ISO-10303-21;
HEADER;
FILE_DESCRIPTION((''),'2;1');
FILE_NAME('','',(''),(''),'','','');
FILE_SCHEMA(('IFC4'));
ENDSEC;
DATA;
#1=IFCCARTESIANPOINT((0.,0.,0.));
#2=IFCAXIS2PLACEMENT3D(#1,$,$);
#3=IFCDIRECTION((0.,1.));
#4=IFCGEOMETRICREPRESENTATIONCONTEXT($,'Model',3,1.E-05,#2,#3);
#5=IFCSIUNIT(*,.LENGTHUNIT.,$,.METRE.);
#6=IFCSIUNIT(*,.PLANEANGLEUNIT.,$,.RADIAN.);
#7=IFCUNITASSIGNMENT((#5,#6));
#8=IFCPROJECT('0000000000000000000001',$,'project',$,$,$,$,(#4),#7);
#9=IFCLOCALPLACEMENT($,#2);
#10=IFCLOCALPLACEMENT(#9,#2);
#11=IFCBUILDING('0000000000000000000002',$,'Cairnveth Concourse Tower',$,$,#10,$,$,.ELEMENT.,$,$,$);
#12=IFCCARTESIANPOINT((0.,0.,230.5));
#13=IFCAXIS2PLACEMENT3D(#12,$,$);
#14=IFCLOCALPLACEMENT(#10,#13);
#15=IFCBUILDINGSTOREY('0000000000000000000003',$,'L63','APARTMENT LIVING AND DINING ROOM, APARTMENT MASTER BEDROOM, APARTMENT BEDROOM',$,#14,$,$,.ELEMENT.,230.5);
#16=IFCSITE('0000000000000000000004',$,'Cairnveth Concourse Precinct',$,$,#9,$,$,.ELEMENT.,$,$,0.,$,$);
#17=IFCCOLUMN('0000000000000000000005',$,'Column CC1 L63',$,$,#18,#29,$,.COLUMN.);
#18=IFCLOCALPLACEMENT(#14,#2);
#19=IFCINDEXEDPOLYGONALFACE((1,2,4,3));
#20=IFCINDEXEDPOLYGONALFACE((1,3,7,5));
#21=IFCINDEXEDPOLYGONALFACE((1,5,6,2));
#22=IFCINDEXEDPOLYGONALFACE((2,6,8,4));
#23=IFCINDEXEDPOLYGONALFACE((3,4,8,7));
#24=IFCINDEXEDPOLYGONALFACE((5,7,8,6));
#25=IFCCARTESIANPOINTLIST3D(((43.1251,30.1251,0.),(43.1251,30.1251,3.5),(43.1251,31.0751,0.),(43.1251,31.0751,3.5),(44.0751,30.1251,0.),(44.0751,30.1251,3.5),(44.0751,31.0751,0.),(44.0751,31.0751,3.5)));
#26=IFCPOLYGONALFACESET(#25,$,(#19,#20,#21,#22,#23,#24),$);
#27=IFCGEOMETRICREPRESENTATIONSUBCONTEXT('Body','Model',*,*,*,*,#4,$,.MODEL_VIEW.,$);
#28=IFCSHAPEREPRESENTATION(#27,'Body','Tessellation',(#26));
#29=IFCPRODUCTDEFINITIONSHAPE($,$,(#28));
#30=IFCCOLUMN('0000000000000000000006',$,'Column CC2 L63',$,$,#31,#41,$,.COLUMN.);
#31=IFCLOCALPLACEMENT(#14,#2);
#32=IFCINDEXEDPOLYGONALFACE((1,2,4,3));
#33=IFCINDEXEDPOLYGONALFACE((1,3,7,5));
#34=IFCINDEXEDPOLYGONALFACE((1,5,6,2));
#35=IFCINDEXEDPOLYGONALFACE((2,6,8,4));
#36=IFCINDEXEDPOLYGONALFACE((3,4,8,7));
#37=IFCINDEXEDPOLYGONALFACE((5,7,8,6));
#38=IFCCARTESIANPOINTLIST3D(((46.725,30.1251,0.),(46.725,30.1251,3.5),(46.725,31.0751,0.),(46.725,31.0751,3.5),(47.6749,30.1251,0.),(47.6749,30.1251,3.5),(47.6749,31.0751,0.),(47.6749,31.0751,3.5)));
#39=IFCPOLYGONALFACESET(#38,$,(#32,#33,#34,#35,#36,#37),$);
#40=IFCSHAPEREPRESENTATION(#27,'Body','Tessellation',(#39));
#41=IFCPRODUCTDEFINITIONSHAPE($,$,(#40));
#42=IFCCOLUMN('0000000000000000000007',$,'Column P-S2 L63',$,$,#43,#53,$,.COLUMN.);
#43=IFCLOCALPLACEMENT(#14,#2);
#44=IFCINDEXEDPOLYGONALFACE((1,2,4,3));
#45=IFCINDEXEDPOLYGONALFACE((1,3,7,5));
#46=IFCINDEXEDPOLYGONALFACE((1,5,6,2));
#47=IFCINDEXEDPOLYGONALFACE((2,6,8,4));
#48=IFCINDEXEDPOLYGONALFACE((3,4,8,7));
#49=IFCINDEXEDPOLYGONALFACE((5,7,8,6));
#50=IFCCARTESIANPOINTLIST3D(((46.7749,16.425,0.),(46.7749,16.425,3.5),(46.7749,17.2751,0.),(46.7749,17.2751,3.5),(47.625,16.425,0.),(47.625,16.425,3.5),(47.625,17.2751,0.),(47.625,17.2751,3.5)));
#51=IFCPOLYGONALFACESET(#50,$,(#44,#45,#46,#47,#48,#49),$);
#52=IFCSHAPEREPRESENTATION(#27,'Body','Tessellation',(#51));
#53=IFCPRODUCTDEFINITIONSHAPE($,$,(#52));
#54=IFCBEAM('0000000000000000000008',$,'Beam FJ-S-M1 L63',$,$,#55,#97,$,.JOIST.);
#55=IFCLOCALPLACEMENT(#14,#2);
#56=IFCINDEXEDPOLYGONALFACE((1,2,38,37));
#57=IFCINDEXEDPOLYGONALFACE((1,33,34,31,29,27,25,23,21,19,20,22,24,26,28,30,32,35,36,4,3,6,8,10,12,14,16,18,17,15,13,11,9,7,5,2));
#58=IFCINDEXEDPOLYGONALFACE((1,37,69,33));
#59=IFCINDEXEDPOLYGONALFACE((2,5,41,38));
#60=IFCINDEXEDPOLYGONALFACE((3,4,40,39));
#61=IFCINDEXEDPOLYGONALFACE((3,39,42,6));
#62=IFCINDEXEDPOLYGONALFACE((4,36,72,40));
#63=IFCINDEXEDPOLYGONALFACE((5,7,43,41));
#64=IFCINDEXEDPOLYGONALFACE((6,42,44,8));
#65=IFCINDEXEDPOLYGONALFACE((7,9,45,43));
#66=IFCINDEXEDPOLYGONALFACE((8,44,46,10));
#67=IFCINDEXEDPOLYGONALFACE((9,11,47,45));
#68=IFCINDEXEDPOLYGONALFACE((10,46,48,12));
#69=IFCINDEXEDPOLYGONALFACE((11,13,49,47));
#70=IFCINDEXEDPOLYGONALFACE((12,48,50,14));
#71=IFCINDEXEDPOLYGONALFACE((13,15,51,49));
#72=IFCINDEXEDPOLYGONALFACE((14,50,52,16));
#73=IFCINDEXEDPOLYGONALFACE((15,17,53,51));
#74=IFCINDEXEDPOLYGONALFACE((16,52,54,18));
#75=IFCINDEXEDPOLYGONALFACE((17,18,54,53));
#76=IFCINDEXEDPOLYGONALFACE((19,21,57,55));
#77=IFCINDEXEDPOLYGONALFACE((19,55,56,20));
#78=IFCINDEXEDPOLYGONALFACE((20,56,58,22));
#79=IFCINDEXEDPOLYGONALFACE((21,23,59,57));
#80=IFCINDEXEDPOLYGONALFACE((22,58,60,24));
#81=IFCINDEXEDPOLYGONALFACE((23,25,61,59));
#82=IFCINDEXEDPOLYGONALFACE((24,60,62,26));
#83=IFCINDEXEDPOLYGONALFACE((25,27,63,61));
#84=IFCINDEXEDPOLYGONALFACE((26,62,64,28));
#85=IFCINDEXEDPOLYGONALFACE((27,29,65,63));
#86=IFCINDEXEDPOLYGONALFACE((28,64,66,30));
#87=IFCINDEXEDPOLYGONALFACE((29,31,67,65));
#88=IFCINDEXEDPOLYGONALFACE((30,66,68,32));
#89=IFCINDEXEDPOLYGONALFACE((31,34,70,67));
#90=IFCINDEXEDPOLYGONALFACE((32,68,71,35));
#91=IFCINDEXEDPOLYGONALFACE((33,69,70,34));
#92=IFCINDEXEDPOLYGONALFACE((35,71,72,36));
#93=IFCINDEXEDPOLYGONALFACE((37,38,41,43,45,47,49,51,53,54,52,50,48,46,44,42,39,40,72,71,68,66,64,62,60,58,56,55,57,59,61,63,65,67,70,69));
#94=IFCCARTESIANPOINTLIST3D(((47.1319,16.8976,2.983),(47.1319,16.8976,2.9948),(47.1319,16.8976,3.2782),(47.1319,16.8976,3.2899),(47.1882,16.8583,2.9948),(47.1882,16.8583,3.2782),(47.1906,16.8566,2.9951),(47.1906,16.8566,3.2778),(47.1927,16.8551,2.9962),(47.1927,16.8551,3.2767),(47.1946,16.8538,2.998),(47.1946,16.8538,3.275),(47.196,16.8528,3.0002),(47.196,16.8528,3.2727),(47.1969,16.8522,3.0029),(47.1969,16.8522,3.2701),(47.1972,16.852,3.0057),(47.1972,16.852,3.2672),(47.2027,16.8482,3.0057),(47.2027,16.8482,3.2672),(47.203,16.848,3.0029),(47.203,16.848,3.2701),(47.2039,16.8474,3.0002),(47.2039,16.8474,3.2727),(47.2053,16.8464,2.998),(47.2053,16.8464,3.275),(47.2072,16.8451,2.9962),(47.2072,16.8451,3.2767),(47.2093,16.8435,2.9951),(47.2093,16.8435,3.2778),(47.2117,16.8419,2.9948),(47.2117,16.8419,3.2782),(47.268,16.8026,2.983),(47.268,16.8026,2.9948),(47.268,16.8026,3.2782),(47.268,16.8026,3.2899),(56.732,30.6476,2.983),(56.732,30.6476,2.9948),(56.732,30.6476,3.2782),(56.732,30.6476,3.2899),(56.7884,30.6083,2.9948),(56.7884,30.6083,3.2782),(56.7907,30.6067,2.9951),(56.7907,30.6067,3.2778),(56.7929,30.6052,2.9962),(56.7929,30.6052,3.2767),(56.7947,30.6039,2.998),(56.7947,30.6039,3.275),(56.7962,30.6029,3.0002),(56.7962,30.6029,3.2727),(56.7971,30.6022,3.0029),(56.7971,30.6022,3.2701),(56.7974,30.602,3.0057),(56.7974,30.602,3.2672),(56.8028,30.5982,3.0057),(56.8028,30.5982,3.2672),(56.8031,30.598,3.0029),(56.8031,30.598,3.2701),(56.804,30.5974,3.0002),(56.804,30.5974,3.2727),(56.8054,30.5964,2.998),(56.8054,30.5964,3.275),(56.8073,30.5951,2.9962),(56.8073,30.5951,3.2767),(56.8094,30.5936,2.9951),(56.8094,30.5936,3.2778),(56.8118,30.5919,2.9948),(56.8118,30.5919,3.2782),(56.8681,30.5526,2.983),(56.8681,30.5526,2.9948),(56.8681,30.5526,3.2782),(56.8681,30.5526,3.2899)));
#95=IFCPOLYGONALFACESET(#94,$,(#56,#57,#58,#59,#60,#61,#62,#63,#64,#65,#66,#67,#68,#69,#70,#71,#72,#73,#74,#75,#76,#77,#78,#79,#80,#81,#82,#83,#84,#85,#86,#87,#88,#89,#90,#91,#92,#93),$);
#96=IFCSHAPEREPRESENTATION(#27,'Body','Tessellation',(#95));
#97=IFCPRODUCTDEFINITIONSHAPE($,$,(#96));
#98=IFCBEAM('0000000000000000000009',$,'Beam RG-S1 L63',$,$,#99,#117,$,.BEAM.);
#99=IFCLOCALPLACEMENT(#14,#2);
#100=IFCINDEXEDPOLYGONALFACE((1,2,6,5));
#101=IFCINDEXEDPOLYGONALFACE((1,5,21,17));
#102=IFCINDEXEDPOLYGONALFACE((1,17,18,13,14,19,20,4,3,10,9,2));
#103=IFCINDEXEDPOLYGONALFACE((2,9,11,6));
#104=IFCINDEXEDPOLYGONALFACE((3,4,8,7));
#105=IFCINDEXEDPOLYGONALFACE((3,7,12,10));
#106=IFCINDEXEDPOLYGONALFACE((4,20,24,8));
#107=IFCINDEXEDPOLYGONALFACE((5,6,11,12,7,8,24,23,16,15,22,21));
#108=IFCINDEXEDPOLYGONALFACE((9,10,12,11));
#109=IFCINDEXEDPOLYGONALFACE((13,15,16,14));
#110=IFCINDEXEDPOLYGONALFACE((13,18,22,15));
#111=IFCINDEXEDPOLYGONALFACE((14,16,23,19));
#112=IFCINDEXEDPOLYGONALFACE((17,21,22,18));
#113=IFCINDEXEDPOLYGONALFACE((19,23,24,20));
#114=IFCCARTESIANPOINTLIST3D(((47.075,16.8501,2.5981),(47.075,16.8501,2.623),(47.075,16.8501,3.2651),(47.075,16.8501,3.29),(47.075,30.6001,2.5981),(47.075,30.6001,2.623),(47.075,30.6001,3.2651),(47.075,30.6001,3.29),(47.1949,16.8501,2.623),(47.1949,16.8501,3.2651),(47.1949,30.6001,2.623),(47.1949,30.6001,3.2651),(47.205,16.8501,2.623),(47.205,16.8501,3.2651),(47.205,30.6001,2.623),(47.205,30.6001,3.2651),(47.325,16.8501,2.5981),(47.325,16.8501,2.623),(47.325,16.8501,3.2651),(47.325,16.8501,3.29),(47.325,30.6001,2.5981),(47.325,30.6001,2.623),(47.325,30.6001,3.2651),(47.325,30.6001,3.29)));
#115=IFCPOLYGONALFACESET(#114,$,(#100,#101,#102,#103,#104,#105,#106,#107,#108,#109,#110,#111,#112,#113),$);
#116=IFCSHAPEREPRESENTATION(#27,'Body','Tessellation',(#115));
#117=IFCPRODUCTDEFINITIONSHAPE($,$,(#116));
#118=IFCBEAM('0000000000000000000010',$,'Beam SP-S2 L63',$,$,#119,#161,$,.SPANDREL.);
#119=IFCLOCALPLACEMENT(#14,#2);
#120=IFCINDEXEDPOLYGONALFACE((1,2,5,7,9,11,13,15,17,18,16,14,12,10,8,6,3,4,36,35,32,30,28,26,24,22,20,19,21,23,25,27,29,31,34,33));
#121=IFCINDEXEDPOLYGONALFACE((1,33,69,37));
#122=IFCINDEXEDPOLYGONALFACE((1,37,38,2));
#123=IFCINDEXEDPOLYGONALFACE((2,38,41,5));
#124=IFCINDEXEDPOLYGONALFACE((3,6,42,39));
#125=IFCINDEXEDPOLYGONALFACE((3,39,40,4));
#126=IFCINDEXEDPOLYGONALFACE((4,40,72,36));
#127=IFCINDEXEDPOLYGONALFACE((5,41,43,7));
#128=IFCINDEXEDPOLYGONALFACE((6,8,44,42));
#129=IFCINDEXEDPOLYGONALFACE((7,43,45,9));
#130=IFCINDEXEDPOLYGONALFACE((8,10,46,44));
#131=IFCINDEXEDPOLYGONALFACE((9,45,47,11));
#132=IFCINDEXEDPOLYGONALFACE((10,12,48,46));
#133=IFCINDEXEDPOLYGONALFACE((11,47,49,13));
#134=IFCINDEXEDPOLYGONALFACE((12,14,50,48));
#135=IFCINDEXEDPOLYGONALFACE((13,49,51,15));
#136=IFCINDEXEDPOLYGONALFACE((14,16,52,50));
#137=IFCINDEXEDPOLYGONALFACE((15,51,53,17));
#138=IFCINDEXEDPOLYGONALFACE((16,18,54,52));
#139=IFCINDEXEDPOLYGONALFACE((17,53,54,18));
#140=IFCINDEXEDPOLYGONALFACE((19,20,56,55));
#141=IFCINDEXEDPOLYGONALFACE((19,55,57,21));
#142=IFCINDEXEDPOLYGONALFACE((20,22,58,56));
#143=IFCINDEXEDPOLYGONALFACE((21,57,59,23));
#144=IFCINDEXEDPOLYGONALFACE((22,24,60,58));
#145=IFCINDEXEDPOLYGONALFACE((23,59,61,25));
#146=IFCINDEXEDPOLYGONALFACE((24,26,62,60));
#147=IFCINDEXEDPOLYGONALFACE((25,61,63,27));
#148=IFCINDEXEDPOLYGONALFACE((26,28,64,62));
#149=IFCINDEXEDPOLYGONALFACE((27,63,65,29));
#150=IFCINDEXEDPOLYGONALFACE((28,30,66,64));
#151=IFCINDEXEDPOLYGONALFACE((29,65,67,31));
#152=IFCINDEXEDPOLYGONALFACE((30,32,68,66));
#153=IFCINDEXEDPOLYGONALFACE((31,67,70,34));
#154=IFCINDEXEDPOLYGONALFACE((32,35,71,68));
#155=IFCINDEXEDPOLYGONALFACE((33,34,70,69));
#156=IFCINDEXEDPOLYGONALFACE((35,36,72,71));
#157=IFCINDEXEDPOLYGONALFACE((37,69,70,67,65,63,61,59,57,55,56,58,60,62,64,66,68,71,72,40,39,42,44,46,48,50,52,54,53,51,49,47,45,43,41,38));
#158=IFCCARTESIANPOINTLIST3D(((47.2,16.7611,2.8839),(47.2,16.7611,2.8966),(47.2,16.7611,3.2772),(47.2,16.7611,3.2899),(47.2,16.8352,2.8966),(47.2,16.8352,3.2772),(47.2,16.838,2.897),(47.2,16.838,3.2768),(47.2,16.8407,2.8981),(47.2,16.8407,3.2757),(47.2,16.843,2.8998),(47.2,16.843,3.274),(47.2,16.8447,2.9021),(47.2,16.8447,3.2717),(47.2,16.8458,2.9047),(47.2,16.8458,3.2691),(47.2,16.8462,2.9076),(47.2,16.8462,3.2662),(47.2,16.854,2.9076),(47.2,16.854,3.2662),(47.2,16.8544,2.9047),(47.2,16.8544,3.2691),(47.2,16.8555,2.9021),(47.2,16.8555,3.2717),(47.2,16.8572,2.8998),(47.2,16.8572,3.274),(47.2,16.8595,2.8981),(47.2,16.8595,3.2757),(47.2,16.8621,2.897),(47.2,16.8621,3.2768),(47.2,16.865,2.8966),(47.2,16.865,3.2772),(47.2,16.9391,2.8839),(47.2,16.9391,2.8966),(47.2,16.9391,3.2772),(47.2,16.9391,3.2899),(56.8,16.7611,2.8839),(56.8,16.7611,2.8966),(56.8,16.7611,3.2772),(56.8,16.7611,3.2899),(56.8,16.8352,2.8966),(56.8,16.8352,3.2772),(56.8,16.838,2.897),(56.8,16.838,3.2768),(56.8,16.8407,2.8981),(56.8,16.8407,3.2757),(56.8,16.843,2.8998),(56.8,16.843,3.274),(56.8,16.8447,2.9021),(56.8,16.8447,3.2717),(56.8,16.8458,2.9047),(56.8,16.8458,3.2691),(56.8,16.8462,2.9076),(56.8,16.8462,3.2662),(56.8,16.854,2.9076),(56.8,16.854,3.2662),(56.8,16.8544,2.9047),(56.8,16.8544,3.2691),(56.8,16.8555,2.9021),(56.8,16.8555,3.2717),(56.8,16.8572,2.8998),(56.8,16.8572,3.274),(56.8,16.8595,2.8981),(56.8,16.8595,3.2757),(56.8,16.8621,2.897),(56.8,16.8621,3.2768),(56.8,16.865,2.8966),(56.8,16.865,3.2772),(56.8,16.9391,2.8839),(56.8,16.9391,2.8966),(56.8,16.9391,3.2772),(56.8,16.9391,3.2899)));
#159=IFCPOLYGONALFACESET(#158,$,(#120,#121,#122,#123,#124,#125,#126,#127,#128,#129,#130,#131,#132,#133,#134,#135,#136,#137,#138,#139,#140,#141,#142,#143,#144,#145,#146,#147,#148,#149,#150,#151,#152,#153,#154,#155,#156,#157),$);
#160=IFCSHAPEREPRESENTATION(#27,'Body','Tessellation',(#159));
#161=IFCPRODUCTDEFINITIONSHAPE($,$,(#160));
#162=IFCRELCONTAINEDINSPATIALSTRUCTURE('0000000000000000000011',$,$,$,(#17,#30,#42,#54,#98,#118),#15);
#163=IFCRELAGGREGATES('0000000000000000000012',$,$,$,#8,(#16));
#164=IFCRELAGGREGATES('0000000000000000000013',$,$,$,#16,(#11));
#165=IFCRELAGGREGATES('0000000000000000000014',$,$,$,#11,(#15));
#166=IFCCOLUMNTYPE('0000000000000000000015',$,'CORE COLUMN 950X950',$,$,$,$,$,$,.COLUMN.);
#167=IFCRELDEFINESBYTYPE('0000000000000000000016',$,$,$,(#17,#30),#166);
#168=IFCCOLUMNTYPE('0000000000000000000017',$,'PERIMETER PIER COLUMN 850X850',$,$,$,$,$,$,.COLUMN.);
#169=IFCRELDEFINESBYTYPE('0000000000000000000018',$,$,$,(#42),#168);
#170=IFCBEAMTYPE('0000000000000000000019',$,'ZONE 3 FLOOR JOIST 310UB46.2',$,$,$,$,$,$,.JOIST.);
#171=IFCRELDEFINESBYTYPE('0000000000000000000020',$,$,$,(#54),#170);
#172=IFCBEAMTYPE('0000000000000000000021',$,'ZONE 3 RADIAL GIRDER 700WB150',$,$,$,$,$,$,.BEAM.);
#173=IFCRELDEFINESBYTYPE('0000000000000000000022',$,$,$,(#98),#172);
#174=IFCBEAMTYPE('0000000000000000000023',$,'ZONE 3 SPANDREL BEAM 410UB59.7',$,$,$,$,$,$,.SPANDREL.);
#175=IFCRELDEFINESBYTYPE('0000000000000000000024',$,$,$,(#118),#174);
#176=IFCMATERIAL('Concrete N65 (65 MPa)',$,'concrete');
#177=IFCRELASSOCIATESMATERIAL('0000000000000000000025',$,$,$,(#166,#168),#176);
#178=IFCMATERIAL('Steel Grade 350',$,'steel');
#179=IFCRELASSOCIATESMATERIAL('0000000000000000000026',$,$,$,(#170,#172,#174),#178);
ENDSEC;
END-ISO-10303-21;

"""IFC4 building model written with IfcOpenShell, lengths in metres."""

from ifc_helpers import new_model, si_unit, direction, frame, origin, origin_2d, place, context, subcontext, project, spatial, rectangle, i_section, extrude, material, material_profile, profile_set, type_object, element, save


model = new_model("IFC4")

# Units and contexts
model_context = context("Model", 3, precision=1e-05, world=origin(), true_north=direction((0.0, 1.0)))
body_context = subcontext(model_context, "Body", "Model", "MODEL_VIEW")
ifc_project = project(units=[si_unit("LENGTHUNIT", "METRE"), si_unit("PLANEANGLEUNIT", "RADIAN")], contexts=[model_context])

# Site, building, storey
site_placement = place(None, origin())
site = spatial("IfcSite", under=ifc_project, at=site_placement, Name="Cairnveth Concourse Precinct", CompositionType="ELEMENT", RefElevation=0.0)
building_placement = place(site_placement, origin())
building = spatial("IfcBuilding", under=site, at=building_placement, Name="Cairnveth Concourse Tower", CompositionType="ELEMENT")
storey_placement = place(building_placement, frame((0.0, 0.0, 230.5)))
storey = spatial("IfcBuildingStorey", under=building, at=storey_placement, Name="L63", Description="APARTMENT LIVING AND DINING ROOM, APARTMENT MASTER BEDROOM, APARTMENT BEDROOM", CompositionType="ELEMENT", Elevation=230.5)

# Columns
ifc_material_1 = material(Name="Concrete N65 (65 MPa)", Category="concrete")
ifc_material_profile_1 = material_profile(ifc_material_1, rectangle(XDim=0.95, YDim=0.95, at=origin_2d()), Name="RC-COL-950x950")
ifc_profile_set_1 = profile_set([ifc_material_profile_1], Name="Concrete N65 (65 MPa)")
column_type_1 = type_object("IfcColumnType", Name="CORE COLUMN 950X950", PredefinedType="COLUMN", material=ifc_profile_set_1)
for number, where, z_axis, x_axis, name in (
    (1, (43.6001, 30.6001, 0.0), (0.0, 0.0, 1.0), (1.0, 0.0, 0.0), "Column CC1 L63"),
    (2, (47.2, 30.6001, 0.0), (0.0, 0.0, 1.0), (1.0, 0.0, 0.0), "Column CC2 L63"),
):
    element("IfcColumn", number, at=place(storey_placement, frame(where, z_axis=z_axis, x_axis=x_axis)), inside=storey, type_object=column_type_1, Name=name, PredefinedType="COLUMN", context=body_context, shape_type="SweptSolid", body=[
        extrude(rectangle(XDim=0.95, YDim=0.95, at=origin_2d()), origin(), (0.0, 0.0, 1.0), 3.5),
    ])
ifc_material_profile_2 = material_profile(ifc_material_1, rectangle(XDim=0.8501, YDim=0.8501, at=origin_2d()), Name="RC-COL-850x850")
ifc_profile_set_2 = profile_set([ifc_material_profile_2], Name="Concrete N65 (65 MPa)")
column_type_2 = type_object("IfcColumnType", Name="PERIMETER PIER COLUMN 850X850", PredefinedType="COLUMN", material=ifc_profile_set_2)
column_placement = place(storey_placement, frame((47.2, 16.8501, 0.0), z_axis=(0.0, 0.0, 1.0), x_axis=(1.0, 0.0, 0.0)))
element("IfcColumn", 3, at=column_placement, inside=storey, type_object=column_type_2, Name="Column P-S2 L63", PredefinedType="COLUMN", context=body_context, shape_type="SweptSolid", body=[
    extrude(rectangle(XDim=0.8501, YDim=0.8501, at=origin_2d()), origin(), (0.0, 0.0, 1.0), 3.5),
])

# Beams
ifc_material_2 = material(Name="Steel Grade 350", Category="steel")
ifc_material_profile_3 = material_profile(ifc_material_2, i_section(OverallWidth=0.166, OverallDepth=0.3069, WebThickness=0.0066, FlangeThickness=0.0117, FilletRadius=0.011, at=origin_2d()), Name="310UB46.2")
ifc_profile_set_3 = profile_set([ifc_material_profile_3], Name="Steel Grade 350")
beam_type_1 = type_object("IfcBeamType", Name="ZONE 3 FLOOR JOIST 310UB46.2", PredefinedType="JOIST", material=ifc_profile_set_3)
beam_1_placement = place(storey_placement, frame((47.2, 16.8501, 3.1365), z_axis=(0.572465, 0.819929, 0.0), x_axis=(-0.819929, 0.572465, 0.0)))
element("IfcBeam", 4, at=beam_1_placement, inside=storey, type_object=beam_type_1, Name="Beam FJ-S-M1 L63", PredefinedType="JOIST", context=body_context, shape_type="SweptSolid", body=[
    extrude(i_section(OverallWidth=0.166, OverallDepth=0.3069, WebThickness=0.0066, FlangeThickness=0.0117, FilletRadius=0.011, at=origin_2d()), origin(), (0.0, 0.0, 1.0), 16.7698),
])
ifc_material_profile_4 = material_profile(ifc_material_2, i_section(OverallWidth=0.25, OverallDepth=0.6919, WebThickness=0.01, FlangeThickness=0.0249, at=origin_2d()), Name="700WB150")
ifc_profile_set_4 = profile_set([ifc_material_profile_4], Name="Steel Grade 350")
beam_type_2 = type_object("IfcBeamType", Name="ZONE 3 RADIAL GIRDER 700WB150", PredefinedType="BEAM", material=ifc_profile_set_4)
beam_2_placement = place(storey_placement, frame((47.2, 16.8501, 2.9441), z_axis=(0.0, 1.0, 0.0), x_axis=(-1.0, 0.0, 0.0)))
element("IfcBeam", 5, at=beam_2_placement, inside=storey, type_object=beam_type_2, Name="Beam RG-S1 L63", PredefinedType="BEAM", context=body_context, shape_type="SweptSolid", body=[
    extrude(i_section(OverallWidth=0.25, OverallDepth=0.6919, WebThickness=0.01, FlangeThickness=0.0249, at=origin_2d()), origin(), (0.0, 0.0, 1.0), 13.75),
])
ifc_material_profile_5 = material_profile(ifc_material_2, i_section(OverallWidth=0.178, OverallDepth=0.406, WebThickness=0.0078, FlangeThickness=0.0127, FilletRadius=0.011, at=origin_2d()), Name="410UB59.7")
ifc_profile_set_5 = profile_set([ifc_material_profile_5], Name="Steel Grade 350")
beam_type_3 = type_object("IfcBeamType", Name="ZONE 3 SPANDREL BEAM 410UB59.7", PredefinedType="SPANDREL", material=ifc_profile_set_5)
beam_3_placement = place(storey_placement, frame((47.2, 16.8501, 3.0869), z_axis=(1.0, 0.0, 0.0), x_axis=(0.0, 1.0, 0.0)))
element("IfcBeam", 6, at=beam_3_placement, inside=storey, type_object=beam_type_3, Name="Beam SP-S2 L63", PredefinedType="SPANDREL", context=body_context, shape_type="SweptSolid", body=[
    extrude(i_section(OverallWidth=0.178, OverallDepth=0.406, WebThickness=0.0078, FlangeThickness=0.0127, FilletRadius=0.011, at=origin_2d()), origin(), (0.0, 0.0, 1.0), 9.6001),
])

save(model, "model.ifc")
